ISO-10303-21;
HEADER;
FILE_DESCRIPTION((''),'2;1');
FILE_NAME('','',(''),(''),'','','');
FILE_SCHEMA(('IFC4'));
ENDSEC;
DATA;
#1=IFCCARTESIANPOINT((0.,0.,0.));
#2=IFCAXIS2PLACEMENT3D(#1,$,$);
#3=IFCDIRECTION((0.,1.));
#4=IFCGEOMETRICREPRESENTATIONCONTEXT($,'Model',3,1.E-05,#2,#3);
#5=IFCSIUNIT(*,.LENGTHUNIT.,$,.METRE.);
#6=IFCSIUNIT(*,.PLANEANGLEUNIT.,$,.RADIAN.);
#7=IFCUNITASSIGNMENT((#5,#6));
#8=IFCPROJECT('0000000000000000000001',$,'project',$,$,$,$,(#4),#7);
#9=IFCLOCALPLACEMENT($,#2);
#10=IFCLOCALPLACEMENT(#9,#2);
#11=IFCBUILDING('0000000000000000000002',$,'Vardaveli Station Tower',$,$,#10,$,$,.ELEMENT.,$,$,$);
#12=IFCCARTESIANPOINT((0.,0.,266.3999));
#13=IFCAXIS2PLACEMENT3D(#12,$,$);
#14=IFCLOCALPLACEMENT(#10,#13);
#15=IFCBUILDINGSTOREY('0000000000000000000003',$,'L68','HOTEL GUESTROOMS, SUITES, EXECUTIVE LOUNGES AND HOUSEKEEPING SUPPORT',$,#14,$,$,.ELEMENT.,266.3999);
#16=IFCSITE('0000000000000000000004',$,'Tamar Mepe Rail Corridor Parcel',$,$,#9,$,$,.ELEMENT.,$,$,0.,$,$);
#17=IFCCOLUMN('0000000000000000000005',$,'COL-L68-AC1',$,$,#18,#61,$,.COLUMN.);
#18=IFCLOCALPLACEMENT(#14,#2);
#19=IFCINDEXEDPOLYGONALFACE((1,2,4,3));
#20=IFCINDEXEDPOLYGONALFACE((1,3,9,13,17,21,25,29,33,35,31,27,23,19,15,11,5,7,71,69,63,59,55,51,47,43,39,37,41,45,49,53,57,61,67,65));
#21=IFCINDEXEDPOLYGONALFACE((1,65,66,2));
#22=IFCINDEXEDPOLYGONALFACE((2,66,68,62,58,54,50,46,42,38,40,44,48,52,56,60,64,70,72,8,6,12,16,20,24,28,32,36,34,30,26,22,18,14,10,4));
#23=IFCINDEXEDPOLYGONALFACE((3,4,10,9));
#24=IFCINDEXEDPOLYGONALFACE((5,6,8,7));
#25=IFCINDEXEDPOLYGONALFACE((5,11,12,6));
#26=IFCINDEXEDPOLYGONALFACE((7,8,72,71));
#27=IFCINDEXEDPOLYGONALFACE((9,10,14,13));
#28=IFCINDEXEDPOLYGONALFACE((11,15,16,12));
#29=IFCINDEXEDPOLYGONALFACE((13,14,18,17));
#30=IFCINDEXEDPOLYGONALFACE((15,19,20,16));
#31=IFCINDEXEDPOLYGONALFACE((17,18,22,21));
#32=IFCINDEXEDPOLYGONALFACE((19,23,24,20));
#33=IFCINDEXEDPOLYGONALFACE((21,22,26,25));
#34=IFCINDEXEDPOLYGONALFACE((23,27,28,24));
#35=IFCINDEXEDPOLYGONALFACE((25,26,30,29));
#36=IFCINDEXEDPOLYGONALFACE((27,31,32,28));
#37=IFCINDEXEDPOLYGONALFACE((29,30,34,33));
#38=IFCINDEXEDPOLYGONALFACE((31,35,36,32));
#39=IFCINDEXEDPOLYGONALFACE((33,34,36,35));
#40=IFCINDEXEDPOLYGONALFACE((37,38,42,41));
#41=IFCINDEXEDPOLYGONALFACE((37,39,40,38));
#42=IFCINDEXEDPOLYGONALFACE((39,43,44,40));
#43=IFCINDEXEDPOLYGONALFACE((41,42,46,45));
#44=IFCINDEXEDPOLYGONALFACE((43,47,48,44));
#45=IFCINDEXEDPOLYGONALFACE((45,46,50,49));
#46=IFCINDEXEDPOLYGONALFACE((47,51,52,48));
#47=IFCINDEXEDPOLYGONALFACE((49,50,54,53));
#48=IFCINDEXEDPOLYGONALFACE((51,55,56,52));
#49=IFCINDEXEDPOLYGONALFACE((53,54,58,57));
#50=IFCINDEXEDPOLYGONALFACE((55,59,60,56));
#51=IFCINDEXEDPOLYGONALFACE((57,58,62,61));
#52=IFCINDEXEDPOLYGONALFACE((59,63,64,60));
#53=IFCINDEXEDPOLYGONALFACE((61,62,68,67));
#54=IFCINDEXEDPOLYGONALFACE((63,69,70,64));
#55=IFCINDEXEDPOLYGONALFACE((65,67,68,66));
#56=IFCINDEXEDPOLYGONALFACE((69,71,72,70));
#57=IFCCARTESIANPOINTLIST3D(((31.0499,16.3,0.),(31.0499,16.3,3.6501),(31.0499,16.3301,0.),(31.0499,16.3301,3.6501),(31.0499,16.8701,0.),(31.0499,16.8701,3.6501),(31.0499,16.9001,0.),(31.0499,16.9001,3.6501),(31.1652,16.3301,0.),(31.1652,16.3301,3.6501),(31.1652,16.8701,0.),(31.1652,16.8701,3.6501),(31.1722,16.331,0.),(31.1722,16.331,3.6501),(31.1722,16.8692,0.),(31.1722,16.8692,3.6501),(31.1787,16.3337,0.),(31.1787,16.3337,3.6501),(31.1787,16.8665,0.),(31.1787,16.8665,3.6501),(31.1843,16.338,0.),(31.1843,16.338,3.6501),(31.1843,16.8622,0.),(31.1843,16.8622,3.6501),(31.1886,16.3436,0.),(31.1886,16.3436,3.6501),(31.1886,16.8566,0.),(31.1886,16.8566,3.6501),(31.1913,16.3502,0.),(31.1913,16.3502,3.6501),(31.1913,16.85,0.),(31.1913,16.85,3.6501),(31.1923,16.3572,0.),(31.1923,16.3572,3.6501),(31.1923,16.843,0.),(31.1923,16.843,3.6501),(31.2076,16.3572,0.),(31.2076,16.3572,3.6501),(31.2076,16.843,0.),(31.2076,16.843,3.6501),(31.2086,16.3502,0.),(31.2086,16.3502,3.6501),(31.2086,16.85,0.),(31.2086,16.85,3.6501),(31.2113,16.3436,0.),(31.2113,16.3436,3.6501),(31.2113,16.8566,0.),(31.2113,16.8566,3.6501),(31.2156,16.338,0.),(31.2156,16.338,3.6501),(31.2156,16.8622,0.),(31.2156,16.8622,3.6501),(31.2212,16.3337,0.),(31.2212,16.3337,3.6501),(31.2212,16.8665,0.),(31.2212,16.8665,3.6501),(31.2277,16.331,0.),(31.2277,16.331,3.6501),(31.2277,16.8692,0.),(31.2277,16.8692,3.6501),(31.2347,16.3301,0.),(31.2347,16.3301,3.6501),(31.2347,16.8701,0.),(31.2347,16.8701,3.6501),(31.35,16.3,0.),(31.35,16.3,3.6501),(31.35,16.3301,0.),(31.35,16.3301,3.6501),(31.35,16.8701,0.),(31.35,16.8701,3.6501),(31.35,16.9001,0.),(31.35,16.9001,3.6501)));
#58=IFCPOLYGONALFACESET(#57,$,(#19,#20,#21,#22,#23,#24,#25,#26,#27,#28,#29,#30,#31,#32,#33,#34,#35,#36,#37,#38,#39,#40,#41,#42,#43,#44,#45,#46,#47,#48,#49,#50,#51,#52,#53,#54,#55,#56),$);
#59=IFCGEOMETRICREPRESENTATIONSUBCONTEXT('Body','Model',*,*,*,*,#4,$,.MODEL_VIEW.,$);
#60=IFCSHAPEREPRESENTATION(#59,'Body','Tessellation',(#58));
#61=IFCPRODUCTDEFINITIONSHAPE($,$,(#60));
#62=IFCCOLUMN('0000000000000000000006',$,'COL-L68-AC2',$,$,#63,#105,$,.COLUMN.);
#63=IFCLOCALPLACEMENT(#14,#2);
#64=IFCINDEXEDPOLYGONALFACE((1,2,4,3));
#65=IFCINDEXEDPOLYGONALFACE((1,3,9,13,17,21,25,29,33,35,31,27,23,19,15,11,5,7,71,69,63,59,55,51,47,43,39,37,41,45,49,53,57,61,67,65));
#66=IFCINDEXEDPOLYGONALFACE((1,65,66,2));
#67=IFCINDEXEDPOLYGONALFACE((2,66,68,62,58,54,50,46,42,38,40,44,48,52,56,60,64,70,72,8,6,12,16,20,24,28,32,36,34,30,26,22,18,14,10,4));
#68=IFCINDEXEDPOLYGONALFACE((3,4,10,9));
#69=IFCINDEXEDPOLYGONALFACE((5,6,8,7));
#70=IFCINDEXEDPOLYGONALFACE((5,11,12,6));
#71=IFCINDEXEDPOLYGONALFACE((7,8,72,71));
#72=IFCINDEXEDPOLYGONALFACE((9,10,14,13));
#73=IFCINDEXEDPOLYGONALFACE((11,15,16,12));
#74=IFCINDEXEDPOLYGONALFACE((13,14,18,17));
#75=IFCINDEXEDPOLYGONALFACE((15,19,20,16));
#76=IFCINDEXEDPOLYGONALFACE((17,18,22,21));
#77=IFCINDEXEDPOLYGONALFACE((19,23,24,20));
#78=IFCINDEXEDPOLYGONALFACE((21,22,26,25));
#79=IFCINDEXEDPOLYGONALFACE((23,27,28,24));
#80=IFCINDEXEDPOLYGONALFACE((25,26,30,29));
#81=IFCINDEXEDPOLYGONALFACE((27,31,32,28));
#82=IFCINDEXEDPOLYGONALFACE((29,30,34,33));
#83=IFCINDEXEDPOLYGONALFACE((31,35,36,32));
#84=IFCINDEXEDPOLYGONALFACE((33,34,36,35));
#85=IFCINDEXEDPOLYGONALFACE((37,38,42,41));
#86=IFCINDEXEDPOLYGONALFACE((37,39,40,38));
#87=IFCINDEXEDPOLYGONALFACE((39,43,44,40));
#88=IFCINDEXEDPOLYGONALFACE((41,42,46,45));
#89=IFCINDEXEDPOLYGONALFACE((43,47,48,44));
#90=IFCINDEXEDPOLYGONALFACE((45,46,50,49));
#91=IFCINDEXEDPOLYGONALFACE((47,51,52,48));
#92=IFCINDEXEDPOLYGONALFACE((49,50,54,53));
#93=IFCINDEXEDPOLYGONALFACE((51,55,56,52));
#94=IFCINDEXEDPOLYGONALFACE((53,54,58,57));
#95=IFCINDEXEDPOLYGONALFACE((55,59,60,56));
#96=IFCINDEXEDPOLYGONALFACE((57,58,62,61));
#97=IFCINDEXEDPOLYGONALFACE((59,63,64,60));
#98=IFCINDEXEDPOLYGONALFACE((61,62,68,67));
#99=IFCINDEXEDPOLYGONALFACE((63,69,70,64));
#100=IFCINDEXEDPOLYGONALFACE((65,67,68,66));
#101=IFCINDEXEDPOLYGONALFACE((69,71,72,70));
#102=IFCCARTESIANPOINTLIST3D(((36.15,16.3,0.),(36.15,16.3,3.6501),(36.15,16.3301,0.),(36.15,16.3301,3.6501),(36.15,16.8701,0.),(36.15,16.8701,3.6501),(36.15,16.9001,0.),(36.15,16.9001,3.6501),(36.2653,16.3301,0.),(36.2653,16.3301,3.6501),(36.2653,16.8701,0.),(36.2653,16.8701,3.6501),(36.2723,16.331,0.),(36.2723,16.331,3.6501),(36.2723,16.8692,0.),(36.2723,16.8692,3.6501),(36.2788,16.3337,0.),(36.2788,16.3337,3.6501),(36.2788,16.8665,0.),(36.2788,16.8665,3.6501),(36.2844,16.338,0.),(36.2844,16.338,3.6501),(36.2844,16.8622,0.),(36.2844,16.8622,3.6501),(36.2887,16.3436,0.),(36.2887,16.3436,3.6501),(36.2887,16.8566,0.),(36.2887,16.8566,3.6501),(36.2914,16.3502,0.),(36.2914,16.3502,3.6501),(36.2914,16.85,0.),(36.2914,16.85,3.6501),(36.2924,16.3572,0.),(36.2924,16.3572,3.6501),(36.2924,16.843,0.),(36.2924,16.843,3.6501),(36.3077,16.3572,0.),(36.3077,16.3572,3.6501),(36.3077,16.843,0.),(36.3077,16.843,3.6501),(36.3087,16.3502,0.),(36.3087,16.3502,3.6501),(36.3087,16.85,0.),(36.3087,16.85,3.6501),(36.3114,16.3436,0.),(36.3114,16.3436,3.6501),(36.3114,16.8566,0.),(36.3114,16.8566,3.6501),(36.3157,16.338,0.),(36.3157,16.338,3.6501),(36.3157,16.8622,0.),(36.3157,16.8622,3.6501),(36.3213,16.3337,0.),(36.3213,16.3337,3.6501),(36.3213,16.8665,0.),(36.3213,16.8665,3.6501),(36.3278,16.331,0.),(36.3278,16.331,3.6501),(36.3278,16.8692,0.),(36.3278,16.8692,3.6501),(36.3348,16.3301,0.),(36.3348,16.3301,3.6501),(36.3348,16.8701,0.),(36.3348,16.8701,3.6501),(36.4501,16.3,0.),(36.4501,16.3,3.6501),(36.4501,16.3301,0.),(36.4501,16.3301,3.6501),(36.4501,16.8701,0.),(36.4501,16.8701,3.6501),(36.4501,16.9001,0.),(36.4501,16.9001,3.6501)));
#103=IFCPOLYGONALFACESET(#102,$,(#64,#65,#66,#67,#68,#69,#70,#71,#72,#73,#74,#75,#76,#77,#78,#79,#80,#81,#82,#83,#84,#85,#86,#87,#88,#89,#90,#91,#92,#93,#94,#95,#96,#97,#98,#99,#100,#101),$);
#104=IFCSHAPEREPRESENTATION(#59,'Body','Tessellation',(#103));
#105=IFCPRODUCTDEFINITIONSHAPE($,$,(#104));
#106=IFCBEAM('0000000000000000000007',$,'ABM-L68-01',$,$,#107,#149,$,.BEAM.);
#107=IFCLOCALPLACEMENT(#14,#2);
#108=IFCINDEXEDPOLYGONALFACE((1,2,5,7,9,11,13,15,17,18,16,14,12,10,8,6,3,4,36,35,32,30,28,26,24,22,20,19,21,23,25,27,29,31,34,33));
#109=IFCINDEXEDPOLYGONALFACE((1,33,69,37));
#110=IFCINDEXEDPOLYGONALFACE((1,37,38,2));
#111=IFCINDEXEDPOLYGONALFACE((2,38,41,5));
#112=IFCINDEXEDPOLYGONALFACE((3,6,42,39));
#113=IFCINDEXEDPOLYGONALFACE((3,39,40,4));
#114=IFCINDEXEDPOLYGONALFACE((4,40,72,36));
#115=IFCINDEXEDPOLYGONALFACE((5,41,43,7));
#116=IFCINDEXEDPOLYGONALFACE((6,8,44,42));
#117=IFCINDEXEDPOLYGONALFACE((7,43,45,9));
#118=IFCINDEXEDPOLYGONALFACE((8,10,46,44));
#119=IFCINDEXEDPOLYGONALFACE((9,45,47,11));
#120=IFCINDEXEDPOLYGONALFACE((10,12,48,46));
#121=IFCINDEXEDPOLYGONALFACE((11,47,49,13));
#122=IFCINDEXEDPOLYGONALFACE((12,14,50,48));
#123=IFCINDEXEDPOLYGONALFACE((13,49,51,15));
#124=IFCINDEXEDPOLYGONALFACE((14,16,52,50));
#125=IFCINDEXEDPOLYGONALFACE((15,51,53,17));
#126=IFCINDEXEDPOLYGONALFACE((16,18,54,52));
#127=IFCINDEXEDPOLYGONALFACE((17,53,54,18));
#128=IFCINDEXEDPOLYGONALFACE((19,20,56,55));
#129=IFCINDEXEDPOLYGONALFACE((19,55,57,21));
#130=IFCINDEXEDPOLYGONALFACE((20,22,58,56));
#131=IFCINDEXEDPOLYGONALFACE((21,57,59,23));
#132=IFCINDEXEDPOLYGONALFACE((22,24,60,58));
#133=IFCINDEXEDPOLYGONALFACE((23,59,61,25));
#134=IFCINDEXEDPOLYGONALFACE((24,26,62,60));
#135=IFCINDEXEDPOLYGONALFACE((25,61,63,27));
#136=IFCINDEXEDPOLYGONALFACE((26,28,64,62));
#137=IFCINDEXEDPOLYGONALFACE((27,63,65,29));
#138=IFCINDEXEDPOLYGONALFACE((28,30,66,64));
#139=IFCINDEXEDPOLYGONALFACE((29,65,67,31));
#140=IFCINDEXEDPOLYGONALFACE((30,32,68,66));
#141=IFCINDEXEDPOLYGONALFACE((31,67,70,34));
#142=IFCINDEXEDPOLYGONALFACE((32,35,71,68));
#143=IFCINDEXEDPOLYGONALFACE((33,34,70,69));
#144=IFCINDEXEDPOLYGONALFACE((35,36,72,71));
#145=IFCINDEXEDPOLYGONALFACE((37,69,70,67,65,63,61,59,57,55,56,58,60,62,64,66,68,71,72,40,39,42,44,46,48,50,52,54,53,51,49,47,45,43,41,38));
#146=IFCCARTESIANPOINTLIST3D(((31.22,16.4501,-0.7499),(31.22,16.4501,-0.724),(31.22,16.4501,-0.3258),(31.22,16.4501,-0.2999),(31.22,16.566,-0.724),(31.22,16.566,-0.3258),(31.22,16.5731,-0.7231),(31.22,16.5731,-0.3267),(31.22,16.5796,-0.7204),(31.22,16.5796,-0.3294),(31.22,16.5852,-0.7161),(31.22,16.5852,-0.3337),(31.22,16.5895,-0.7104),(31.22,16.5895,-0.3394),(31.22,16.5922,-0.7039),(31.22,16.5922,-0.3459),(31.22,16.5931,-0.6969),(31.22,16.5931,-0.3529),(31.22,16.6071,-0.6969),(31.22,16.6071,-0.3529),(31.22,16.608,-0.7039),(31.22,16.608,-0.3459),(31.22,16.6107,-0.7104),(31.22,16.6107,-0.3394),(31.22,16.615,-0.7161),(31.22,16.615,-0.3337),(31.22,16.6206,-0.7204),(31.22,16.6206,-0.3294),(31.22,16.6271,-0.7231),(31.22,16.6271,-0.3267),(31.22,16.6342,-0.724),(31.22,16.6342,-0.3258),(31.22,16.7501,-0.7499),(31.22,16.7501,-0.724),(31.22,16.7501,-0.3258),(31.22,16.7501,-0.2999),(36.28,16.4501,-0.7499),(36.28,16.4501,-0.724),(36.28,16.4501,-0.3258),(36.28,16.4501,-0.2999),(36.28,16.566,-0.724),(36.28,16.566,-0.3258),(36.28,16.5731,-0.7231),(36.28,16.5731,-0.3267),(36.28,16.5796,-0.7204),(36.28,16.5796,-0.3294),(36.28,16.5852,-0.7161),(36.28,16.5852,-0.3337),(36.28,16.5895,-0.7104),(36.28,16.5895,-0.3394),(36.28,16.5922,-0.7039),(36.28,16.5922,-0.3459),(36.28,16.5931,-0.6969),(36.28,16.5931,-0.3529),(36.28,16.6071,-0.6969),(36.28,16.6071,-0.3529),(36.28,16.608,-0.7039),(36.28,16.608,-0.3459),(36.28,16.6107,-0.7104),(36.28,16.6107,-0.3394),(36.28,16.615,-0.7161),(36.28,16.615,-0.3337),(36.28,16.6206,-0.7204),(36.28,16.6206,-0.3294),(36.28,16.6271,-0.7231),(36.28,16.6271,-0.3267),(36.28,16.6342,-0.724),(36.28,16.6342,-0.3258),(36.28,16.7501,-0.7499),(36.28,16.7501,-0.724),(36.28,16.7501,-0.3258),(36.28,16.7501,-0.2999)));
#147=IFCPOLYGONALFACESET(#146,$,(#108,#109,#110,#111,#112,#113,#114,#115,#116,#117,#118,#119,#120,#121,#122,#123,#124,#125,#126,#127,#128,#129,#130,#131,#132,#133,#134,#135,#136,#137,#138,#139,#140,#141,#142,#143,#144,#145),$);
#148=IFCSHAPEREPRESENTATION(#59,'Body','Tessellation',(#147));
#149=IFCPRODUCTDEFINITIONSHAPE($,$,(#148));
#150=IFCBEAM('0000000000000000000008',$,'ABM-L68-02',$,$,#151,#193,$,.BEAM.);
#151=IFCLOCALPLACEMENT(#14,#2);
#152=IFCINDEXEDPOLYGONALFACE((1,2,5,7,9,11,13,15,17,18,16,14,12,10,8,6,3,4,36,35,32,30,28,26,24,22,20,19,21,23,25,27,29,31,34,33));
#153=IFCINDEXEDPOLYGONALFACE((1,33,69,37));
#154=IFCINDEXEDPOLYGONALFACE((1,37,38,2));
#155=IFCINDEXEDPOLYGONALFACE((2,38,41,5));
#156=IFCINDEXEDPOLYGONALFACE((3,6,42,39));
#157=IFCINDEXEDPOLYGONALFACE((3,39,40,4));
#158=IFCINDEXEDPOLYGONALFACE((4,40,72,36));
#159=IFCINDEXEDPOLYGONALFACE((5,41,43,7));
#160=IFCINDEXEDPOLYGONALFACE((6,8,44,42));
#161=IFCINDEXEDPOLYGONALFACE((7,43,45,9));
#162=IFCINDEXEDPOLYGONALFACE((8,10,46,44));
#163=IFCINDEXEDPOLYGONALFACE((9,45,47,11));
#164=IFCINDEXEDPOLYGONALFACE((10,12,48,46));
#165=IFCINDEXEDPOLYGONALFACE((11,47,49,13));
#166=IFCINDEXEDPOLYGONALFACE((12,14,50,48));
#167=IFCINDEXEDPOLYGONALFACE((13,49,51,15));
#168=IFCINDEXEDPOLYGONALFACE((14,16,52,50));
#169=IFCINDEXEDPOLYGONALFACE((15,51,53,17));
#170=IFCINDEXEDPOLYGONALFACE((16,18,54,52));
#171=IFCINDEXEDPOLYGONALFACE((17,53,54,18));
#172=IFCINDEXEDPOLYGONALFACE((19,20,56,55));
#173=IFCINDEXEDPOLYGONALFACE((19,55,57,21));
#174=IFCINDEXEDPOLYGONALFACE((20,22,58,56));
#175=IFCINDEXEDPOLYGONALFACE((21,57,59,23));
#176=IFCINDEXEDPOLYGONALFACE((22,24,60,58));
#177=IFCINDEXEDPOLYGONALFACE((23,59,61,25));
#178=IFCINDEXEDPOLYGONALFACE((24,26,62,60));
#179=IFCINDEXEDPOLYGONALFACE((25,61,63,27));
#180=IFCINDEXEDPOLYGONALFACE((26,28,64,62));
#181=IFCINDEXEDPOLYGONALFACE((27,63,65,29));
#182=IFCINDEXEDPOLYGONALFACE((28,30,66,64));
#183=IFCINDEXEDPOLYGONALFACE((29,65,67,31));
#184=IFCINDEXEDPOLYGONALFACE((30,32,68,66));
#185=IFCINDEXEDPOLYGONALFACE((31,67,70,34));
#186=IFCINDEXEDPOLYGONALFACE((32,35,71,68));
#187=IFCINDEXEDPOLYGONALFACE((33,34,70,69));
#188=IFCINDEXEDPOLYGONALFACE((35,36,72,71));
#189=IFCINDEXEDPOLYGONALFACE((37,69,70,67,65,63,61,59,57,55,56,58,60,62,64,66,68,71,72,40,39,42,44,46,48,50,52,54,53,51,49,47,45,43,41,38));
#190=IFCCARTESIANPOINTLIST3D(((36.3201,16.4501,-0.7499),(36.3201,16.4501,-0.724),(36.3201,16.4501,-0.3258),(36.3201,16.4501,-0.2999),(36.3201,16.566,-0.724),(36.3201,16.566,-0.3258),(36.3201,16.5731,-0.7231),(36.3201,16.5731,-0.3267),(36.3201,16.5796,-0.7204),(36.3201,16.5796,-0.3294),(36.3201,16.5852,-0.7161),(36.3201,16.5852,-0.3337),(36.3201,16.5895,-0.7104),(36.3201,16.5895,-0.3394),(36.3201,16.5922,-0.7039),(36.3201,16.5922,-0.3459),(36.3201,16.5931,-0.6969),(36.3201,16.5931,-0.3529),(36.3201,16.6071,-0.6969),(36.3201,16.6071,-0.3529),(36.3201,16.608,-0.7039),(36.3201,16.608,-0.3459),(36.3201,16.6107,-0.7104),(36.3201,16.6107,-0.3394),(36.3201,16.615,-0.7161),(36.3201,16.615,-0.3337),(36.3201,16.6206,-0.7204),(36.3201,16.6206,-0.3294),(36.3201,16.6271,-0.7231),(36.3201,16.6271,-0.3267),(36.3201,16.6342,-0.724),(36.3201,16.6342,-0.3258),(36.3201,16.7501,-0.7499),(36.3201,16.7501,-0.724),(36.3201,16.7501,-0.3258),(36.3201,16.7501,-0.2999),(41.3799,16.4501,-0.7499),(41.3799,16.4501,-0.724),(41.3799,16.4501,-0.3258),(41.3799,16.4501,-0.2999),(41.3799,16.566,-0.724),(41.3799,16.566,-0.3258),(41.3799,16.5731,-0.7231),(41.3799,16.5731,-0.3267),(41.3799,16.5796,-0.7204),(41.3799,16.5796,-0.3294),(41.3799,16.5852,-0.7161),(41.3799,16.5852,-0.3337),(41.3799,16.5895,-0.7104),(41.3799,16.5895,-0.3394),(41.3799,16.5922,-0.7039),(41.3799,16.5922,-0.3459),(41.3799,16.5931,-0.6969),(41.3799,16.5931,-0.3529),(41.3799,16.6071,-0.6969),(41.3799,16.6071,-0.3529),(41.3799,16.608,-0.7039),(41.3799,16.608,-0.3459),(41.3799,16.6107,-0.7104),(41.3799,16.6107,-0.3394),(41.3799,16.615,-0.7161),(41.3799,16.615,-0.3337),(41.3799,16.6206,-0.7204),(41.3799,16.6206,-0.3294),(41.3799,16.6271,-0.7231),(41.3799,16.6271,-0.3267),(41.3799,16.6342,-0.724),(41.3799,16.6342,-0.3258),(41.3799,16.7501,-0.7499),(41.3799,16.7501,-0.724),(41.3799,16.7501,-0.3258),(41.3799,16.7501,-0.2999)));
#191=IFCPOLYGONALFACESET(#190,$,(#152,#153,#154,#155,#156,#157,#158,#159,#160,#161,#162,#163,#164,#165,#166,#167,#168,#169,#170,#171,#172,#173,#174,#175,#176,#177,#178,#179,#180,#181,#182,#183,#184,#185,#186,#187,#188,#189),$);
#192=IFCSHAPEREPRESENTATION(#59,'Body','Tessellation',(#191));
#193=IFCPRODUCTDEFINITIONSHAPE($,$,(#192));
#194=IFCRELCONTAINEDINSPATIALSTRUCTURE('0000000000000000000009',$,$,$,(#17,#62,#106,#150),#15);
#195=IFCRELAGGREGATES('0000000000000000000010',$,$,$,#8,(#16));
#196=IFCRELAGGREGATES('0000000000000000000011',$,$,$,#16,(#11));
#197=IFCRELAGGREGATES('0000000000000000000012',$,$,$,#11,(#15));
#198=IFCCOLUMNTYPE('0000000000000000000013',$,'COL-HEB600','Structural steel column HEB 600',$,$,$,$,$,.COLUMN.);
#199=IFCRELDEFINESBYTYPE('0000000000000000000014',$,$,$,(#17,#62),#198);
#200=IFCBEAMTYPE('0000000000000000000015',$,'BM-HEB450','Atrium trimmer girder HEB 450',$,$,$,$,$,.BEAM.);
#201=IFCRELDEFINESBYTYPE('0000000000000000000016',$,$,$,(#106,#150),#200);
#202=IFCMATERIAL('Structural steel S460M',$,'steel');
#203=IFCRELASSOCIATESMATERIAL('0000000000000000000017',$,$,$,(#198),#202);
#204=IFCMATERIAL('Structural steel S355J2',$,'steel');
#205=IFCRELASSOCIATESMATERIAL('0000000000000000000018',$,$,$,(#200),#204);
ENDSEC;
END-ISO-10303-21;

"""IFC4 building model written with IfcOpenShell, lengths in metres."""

from ifc_helpers import new_model, si_unit, direction, frame, origin, origin_2d, place, context, subcontext, project, spatial, i_section, extrude, source, transform, mapped, material, material_profile, profile_set, type_object, element, save


model = new_model("IFC4")

# Units and contexts
model_context = context("Model", 3, precision=1e-05, world=origin(), true_north=direction((0.0, 1.0)))
body_context = subcontext(model_context, "Body", "Model", "MODEL_VIEW")
ifc_project = project(units=[si_unit("LENGTHUNIT", "METRE"), si_unit("PLANEANGLEUNIT", "RADIAN")], contexts=[model_context])

# Site, building, storey
site_placement = place(None, origin())
site = spatial("IfcSite", under=ifc_project, at=site_placement, Name="Tamar Mepe Rail Corridor Parcel", CompositionType="ELEMENT", RefElevation=0.0)
building_placement = place(site_placement, origin())
building = spatial("IfcBuilding", under=site, at=building_placement, Name="Vardaveli Station Tower", CompositionType="ELEMENT")
storey_placement = place(building_placement, frame((0.0, 0.0, 266.3999)))
storey = spatial("IfcBuildingStorey", under=building, at=storey_placement, Name="L68", Description="HOTEL GUESTROOMS, SUITES, EXECUTIVE LOUNGES AND HOUSEKEEPING SUPPORT", CompositionType="ELEMENT", Elevation=266.3999)

# Columns
ifc_material_1 = material(Name="Structural steel S460M", Category="steel")
ifc_material_profile_1 = material_profile(ifc_material_1, i_section(OverallWidth=0.3, OverallDepth=0.6001, WebThickness=0.0154, FlangeThickness=0.03, FilletRadius=0.0271, at=origin_2d()), Name="HEB 600")
ifc_profile_set_1 = profile_set([ifc_material_profile_1], Name="Structural steel S460M")
column_type = type_object("IfcColumnType", Name="COL-HEB600", Description="Structural steel column HEB 600", PredefinedType="COLUMN", material=ifc_profile_set_1)
shared_shape_1 = source(origin(), body_context, "Body", "SweptSolid", [
    extrude(i_section(OverallWidth=0.3, OverallDepth=0.6001, WebThickness=0.0154, FlangeThickness=0.03, FilletRadius=0.0271, at=origin_2d()), origin(), (0.0, 0.0, 1.0), 3.6501),
])
for number, where, z_axis, x_axis, name in (
    (1, (31.2, 16.6001, 0.0), (0.0, 0.0, 1.0), (1.0, 0.0, 0.0), "COL-L68-AC1"),
    (2, (36.3, 16.6001, 0.0), (0.0, 0.0, 1.0), (1.0, 0.0, 0.0), "COL-L68-AC2"),
):
    element("IfcColumn", number, at=place(storey_placement, frame(where, z_axis=z_axis, x_axis=x_axis)), inside=storey, type_object=column_type, Name=name, PredefinedType="COLUMN", context=body_context, shape_type="MappedRepresentation", body=[
        mapped(shared_shape_1, transform((0.0, 0.0, 0.0), scale=1.0)),
    ])

# Beams
ifc_material_2 = material(Name="Structural steel S355J2", Category="steel")
ifc_material_profile_2 = material_profile(ifc_material_2, i_section(OverallWidth=0.3, OverallDepth=0.45, WebThickness=0.0139, FlangeThickness=0.0259, FilletRadius=0.0271, at=origin_2d()), Name="HEB 450")
ifc_profile_set_2 = profile_set([ifc_material_profile_2], Name="Structural steel S355J2")
beam_type_1 = type_object("IfcBeamType", Name="BM-HEB450", Description="Atrium trimmer girder HEB 450", PredefinedType="BEAM", material=ifc_profile_set_2)
shared_shape_2 = source(origin(), body_context, "Body", "SweptSolid", [
    extrude(i_section(OverallWidth=0.3, OverallDepth=0.45, WebThickness=0.0139, FlangeThickness=0.0259, FilletRadius=0.0271, at=origin_2d()), origin(), (0.0, 0.0, 1.0), 5.0601),
])
beam_1_placement = place(storey_placement, frame((31.22, 16.6001, -0.5249), z_axis=(1.0, 0.0, 0.0), x_axis=(0.0, 1.0, 0.0)))
element("IfcBeam", 3, at=beam_1_placement, inside=storey, type_object=beam_type_1, Name="ABM-L68-01", PredefinedType="BEAM", context=body_context, shape_type="MappedRepresentation", body=[
    mapped(shared_shape_2, transform((0.0, 0.0, 0.0), scale=1.0)),
])
shared_shape_3 = source(origin(), body_context, "Body", "SweptSolid", [
    extrude(i_section(OverallWidth=0.3, OverallDepth=0.45, WebThickness=0.0139, FlangeThickness=0.0259, FilletRadius=0.0271, at=origin_2d()), origin(), (0.0, 0.0, 1.0), 5.0598),
])
beam_2_placement = place(storey_placement, frame((36.3201, 16.6001, -0.5249), z_axis=(1.0, 0.0, 0.0), x_axis=(0.0, 1.0, 0.0)))
element("IfcBeam", 4, at=beam_2_placement, inside=storey, type_object=beam_type_1, Name="ABM-L68-02", PredefinedType="BEAM", context=body_context, shape_type="MappedRepresentation", body=[
    mapped(shared_shape_3, transform((0.0, 0.0, 0.0), scale=1.0)),
])

save(model, "model.ifc")
